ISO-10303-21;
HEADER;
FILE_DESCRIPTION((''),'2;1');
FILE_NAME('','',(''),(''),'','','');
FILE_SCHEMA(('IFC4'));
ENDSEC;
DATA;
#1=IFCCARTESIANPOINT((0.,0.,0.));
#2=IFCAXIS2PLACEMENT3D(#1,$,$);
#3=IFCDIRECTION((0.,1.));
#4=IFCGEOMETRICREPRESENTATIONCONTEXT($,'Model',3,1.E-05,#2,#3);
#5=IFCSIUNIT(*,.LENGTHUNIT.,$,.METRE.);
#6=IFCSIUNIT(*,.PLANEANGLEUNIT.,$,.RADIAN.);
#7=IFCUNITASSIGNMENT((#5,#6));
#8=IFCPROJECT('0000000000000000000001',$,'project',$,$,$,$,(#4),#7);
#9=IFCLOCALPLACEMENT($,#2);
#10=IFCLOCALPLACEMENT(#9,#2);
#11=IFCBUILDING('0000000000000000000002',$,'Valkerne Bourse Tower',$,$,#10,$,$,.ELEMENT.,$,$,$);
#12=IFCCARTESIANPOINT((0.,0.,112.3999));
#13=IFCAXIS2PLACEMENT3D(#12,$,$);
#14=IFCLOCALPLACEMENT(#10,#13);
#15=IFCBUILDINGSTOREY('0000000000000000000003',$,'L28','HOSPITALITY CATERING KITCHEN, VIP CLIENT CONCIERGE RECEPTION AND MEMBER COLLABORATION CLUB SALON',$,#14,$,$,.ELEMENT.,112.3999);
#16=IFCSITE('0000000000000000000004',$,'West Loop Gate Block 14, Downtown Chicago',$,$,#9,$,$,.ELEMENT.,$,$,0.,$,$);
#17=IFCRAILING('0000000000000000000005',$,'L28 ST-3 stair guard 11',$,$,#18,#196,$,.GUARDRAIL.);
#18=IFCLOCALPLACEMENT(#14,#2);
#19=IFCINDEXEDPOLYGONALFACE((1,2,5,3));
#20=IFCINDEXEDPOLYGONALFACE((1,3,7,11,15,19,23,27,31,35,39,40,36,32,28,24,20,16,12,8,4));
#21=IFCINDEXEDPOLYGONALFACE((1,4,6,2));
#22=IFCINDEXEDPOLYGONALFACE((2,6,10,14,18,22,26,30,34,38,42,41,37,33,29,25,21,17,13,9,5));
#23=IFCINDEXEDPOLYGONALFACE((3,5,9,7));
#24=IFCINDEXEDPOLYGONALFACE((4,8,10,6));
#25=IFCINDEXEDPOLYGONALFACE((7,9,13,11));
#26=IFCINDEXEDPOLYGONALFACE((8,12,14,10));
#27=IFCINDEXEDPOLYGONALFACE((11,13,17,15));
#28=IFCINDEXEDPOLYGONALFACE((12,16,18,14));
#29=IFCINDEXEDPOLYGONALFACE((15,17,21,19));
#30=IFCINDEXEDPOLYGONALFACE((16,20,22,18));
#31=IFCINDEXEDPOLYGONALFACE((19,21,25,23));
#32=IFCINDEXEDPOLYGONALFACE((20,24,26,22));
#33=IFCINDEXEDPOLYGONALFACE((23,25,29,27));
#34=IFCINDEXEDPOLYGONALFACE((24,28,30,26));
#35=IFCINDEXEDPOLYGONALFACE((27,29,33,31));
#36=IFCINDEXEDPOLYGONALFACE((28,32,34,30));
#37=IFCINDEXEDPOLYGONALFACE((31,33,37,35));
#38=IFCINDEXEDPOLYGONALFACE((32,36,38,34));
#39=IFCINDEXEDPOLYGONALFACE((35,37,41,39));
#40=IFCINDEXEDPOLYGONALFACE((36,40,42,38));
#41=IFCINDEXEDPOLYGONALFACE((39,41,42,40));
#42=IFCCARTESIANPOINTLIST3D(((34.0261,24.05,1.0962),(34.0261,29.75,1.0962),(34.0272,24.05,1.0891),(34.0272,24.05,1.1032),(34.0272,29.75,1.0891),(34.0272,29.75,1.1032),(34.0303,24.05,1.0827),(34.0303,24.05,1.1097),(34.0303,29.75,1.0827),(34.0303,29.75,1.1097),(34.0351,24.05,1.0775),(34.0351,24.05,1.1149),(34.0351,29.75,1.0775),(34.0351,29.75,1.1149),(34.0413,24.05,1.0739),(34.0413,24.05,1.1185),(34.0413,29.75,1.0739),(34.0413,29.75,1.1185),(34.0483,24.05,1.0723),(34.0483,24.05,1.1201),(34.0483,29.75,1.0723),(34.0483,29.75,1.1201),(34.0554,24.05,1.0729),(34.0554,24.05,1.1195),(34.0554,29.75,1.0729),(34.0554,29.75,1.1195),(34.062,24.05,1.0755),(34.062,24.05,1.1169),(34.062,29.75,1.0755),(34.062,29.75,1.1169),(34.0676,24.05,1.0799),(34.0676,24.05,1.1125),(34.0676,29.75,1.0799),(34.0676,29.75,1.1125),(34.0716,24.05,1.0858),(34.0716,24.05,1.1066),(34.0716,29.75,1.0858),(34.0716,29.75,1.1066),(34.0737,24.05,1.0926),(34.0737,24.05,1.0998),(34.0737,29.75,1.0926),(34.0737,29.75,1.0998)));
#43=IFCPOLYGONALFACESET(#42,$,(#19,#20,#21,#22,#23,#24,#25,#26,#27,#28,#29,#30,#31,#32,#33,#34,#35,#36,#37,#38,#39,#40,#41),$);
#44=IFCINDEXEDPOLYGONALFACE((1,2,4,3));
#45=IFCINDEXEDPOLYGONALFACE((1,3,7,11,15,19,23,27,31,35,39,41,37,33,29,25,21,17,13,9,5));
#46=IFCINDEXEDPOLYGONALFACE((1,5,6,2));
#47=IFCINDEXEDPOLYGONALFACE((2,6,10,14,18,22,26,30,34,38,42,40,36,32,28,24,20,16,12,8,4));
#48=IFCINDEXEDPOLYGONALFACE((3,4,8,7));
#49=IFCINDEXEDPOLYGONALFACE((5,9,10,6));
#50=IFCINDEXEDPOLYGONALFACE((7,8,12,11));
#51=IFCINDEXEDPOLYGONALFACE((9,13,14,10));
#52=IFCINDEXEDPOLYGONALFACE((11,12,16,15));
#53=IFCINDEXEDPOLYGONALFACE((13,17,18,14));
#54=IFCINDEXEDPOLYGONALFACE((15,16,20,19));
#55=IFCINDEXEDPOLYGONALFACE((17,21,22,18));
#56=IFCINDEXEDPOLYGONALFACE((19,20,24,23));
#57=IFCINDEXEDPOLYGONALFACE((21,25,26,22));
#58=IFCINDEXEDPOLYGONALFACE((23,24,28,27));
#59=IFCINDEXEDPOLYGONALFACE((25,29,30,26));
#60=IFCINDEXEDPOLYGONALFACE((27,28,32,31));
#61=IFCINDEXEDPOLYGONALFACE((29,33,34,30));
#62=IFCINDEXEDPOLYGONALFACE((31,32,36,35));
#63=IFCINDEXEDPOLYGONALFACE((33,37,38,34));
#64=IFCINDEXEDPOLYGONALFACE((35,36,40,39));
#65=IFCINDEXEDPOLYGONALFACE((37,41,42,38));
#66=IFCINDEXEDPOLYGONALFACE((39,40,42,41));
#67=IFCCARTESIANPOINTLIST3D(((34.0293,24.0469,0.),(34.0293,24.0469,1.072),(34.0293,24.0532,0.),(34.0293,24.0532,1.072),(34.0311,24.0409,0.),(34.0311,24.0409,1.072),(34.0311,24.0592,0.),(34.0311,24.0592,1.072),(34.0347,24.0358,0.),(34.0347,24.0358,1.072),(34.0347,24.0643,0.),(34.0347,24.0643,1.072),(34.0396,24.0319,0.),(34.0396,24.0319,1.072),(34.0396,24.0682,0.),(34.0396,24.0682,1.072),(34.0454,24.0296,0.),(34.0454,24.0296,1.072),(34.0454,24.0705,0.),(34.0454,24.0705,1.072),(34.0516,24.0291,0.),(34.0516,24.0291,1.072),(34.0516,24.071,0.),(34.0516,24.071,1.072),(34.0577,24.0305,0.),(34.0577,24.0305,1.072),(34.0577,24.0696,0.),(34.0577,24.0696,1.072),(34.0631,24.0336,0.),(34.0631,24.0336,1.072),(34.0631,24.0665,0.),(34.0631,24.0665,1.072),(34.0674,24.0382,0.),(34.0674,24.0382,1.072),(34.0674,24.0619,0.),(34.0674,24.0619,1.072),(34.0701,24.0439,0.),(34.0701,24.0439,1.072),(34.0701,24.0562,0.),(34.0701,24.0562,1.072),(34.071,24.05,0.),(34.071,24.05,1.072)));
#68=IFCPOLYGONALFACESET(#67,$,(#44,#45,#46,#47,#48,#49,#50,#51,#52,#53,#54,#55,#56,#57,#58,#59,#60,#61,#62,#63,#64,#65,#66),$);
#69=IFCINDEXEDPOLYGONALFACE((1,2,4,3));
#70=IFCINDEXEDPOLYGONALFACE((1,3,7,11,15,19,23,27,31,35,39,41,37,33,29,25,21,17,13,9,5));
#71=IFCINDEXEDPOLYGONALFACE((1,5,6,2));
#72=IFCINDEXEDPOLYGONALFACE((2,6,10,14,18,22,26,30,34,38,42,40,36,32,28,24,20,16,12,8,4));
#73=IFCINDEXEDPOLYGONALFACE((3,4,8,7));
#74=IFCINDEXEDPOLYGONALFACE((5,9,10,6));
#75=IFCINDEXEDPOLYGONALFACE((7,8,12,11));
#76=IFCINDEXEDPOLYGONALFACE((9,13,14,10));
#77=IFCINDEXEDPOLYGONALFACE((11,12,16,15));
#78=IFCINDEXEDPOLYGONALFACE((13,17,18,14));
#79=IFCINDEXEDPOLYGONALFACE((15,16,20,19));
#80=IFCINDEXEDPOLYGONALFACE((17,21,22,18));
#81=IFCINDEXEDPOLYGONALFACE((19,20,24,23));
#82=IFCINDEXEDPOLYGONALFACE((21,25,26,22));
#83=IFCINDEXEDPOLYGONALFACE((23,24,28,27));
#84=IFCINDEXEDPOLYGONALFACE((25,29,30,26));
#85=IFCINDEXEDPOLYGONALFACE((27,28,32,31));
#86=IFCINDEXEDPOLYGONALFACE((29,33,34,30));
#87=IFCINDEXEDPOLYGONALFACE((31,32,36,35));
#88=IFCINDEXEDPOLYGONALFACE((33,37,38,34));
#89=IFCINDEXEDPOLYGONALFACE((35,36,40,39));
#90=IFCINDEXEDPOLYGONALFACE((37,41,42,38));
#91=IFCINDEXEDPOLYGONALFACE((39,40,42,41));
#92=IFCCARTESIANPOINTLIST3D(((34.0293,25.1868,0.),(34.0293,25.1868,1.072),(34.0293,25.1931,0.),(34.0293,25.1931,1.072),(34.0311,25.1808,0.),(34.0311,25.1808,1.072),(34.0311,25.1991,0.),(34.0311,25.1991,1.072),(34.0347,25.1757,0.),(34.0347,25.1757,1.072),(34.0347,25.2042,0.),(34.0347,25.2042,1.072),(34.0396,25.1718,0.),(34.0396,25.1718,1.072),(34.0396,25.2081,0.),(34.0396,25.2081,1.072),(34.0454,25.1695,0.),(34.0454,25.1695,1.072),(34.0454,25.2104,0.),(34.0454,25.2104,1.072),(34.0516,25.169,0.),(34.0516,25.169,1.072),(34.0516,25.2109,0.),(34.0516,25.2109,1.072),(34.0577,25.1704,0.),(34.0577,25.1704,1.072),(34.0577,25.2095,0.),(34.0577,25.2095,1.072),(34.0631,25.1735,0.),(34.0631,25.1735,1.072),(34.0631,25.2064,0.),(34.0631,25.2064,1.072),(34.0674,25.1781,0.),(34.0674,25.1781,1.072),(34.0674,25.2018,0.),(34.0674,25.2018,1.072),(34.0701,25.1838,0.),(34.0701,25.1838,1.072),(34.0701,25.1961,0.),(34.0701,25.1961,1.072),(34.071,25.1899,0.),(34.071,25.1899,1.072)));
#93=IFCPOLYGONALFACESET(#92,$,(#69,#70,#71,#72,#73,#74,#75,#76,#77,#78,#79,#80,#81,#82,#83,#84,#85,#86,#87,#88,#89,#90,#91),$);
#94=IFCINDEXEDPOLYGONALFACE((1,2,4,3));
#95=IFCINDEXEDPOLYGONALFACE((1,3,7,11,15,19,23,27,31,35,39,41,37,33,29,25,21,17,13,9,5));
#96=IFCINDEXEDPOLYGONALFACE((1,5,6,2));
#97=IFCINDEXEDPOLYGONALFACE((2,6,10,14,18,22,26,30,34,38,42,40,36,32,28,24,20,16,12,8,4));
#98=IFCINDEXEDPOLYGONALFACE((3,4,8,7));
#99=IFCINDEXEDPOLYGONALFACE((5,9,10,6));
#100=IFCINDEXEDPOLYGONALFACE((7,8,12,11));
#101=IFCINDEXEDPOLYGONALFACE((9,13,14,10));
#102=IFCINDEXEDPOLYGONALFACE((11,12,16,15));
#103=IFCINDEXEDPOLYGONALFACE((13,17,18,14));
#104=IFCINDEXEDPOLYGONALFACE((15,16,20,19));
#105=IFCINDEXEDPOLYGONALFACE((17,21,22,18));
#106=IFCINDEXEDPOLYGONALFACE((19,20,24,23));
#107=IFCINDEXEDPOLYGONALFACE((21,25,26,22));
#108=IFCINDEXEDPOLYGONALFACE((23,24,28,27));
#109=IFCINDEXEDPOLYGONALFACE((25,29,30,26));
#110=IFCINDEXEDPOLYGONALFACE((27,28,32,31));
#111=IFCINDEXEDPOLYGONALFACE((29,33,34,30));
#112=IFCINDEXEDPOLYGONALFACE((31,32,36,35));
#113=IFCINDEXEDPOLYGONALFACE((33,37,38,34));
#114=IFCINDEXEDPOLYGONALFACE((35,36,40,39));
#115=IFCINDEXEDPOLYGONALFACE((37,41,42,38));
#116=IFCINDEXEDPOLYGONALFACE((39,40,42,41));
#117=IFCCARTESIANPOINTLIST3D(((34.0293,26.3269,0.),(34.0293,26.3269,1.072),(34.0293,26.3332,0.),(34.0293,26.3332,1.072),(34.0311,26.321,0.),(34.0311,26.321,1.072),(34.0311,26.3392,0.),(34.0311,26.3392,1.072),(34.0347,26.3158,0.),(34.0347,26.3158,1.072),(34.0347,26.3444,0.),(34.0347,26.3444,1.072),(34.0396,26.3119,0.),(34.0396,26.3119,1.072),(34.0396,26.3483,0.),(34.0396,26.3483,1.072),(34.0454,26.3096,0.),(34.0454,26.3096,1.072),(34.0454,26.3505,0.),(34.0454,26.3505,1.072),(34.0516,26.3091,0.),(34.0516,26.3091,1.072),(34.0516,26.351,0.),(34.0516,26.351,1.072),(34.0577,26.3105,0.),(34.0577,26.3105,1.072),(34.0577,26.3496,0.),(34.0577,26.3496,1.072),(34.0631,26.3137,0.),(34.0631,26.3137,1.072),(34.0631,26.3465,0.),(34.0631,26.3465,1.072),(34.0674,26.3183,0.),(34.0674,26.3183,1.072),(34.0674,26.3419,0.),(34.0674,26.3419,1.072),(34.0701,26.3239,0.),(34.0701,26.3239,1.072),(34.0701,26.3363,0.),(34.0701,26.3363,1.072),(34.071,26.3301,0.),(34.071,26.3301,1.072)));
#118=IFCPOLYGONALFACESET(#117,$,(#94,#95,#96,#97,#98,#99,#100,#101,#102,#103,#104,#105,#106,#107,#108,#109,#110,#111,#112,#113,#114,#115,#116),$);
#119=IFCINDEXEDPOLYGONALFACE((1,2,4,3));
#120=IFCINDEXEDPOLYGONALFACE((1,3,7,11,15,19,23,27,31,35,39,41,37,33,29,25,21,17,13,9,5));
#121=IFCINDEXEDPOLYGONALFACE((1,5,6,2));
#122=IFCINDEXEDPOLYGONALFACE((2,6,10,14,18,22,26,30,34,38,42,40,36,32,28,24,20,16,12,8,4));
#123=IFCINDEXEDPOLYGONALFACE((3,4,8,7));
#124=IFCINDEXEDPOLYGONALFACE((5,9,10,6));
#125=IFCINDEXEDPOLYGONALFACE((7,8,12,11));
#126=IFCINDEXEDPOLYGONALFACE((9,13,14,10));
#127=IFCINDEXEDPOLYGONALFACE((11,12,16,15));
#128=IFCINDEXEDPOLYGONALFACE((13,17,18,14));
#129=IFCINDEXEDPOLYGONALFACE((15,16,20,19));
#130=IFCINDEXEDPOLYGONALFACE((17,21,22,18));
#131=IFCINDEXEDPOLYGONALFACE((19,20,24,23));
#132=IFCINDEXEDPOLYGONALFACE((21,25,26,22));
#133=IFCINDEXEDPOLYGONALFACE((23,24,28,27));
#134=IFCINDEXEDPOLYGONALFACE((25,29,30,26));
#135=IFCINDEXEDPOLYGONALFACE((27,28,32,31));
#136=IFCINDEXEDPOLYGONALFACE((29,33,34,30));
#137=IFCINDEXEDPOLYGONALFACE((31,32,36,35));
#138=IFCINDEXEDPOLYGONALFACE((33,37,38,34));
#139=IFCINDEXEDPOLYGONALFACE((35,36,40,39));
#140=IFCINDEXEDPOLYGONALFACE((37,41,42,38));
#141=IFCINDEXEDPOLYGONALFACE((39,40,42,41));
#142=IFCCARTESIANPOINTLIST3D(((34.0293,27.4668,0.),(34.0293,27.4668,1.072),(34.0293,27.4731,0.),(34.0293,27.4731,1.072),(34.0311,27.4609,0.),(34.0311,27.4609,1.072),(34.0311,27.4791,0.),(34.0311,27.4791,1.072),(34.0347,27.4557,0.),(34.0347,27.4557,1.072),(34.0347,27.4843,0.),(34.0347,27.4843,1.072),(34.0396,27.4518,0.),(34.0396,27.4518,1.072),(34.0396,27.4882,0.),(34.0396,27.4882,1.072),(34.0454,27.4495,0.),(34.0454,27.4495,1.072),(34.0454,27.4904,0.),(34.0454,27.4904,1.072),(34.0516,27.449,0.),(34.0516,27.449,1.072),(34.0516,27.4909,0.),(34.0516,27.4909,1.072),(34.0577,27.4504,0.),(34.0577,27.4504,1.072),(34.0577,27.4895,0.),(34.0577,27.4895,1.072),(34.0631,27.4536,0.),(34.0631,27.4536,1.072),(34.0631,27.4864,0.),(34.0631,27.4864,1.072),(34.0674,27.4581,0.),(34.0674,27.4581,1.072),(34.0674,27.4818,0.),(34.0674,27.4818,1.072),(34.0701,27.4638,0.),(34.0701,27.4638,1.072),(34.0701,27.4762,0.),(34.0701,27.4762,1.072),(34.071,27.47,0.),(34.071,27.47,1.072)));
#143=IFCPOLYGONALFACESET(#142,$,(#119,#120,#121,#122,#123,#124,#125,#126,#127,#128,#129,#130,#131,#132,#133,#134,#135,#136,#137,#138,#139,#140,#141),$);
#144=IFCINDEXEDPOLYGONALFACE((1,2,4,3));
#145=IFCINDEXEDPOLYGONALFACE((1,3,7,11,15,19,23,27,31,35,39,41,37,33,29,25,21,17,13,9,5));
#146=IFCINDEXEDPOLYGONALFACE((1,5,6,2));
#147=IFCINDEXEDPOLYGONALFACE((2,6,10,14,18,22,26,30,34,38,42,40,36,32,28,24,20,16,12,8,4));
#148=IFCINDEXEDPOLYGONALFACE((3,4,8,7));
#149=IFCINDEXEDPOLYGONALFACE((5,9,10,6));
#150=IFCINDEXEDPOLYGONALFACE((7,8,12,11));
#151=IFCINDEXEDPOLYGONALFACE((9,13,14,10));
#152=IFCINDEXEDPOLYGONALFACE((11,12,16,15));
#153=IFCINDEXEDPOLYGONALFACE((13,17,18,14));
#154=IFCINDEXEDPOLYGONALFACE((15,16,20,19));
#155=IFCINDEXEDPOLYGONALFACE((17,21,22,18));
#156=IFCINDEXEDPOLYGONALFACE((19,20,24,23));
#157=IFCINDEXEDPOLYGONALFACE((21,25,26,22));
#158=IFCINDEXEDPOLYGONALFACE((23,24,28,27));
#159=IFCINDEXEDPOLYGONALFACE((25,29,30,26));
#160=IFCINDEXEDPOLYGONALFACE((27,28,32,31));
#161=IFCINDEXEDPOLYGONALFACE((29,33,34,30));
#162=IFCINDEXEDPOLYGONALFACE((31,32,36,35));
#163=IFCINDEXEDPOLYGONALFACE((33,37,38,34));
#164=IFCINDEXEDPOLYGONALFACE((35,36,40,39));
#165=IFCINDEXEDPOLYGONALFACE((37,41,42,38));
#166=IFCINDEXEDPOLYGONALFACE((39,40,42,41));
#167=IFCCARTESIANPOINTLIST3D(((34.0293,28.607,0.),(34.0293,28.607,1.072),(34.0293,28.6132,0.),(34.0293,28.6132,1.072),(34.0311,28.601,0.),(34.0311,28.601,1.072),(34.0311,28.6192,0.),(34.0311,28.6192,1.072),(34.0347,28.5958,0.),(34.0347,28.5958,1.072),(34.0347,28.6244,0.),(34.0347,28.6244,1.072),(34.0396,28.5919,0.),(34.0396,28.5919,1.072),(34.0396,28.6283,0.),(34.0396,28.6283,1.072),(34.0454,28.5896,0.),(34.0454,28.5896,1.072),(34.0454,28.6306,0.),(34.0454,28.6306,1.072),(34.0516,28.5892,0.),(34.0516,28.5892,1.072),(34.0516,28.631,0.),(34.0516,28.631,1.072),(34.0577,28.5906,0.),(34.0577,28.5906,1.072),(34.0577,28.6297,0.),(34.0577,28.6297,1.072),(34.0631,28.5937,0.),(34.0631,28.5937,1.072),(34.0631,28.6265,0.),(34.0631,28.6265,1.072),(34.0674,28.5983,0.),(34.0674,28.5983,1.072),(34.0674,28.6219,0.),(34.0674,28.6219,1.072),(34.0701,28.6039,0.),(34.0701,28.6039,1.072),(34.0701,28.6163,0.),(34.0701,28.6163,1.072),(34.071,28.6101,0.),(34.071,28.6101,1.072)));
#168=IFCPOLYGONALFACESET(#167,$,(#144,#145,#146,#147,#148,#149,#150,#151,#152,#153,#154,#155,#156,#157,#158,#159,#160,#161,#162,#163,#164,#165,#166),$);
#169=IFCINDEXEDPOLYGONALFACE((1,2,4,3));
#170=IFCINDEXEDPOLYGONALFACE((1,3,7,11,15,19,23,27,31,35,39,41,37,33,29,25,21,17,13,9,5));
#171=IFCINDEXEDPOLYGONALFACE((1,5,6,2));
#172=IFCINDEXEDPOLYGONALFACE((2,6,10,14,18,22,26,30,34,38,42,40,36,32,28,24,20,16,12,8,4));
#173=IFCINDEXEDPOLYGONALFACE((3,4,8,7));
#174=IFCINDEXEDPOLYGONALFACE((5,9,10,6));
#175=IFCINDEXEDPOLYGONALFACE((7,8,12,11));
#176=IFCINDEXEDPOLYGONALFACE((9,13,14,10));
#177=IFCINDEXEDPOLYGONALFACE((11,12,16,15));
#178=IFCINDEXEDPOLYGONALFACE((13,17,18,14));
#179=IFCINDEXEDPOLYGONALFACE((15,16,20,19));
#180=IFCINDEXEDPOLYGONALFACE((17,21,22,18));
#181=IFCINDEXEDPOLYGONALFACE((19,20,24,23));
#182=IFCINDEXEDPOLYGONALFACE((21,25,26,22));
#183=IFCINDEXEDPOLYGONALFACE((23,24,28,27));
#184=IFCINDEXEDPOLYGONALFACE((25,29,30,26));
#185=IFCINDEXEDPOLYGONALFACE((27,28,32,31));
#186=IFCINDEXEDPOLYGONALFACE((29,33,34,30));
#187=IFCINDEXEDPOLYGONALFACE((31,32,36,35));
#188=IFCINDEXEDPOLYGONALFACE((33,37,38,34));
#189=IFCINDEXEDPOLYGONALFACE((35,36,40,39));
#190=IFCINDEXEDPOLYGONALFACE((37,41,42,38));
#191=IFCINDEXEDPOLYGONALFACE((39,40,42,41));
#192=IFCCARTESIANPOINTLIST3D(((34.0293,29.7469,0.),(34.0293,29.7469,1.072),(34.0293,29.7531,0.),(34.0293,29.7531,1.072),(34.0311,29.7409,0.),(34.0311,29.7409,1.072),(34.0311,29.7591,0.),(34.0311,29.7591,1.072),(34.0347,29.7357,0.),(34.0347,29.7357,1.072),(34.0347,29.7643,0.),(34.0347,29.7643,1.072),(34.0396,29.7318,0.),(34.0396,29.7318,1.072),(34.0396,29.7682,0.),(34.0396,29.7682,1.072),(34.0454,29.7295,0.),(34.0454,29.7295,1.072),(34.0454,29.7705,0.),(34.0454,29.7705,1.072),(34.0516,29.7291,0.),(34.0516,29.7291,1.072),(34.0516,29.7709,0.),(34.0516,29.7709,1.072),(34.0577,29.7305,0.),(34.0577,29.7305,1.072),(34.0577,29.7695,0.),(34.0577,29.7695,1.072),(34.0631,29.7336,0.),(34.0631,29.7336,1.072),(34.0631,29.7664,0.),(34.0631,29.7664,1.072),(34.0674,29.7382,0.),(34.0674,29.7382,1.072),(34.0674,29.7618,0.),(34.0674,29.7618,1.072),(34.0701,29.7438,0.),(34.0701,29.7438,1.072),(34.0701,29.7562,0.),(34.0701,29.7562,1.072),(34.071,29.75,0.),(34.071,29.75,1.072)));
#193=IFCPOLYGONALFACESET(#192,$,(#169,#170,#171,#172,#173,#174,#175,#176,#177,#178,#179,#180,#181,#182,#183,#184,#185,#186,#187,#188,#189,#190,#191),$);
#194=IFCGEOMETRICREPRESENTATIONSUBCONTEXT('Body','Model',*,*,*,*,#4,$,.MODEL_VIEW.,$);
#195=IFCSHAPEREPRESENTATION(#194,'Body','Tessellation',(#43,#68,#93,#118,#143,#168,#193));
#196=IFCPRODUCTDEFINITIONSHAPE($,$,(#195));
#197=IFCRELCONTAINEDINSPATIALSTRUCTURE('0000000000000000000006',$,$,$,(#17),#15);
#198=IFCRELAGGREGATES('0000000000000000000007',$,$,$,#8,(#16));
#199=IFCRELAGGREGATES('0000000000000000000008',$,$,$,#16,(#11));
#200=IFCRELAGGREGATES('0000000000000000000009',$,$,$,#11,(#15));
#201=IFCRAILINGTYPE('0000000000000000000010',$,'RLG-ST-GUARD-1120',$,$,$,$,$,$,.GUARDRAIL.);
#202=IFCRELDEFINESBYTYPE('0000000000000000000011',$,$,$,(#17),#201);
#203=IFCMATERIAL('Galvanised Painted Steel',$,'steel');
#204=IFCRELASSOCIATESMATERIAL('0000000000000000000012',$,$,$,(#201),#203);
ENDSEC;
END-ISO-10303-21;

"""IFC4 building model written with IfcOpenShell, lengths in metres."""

from ifc_helpers import new_model, si_unit, direction, frame, origin, origin_2d, place, context, subcontext, project, spatial, circle, extrude, material, type_object, element, save


model = new_model("IFC4")

# Units and contexts
model_context = context("Model", 3, precision=1e-05, world=origin(), true_north=direction((0.0, 1.0)))
body_context = subcontext(model_context, "Body", "Model", "MODEL_VIEW")
ifc_project = project(units=[si_unit("LENGTHUNIT", "METRE"), si_unit("PLANEANGLEUNIT", "RADIAN")], contexts=[model_context])

# Site, building, storey
site_placement = place(None, origin())
site = spatial("IfcSite", under=ifc_project, at=site_placement, Name="West Loop Gate Block 14, Downtown Chicago", CompositionType="ELEMENT", RefElevation=0.0)
building_placement = place(site_placement, origin())
building = spatial("IfcBuilding", under=site, at=building_placement, Name="Valkerne Bourse Tower", CompositionType="ELEMENT")
storey_placement = place(building_placement, frame((0.0, 0.0, 112.3999)))
storey = spatial("IfcBuildingStorey", under=building, at=storey_placement, Name="L28", Description="HOSPITALITY CATERING KITCHEN, VIP CLIENT CONCIERGE RECEPTION AND MEMBER COLLABORATION CLUB SALON", CompositionType="ELEMENT", Elevation=112.3999)

# Railing
ifc_material_1 = material(Name="Galvanised Painted Steel", Category="steel")
railing_type_1 = type_object("IfcRailingType", Name="RLG-ST-GUARD-1120", PredefinedType="GUARDRAIL", material=ifc_material_1)
for number, where, name in (
    (1, (34.05, 24.05, 0.0), "L28 ST-3 stair guard 11"),
):
    element("IfcRailing", number, at=place(storey_placement, frame(where)), inside=storey, type_object=railing_type_1, Name=name, PredefinedType="GUARDRAIL", context=body_context, shape_type="SweptSolid", body=[
        extrude(circle(Radius=0.0239, at=origin_2d()), frame((0.0, 0.0, 1.0962), z_axis=(0.0, 1.0, 0.0), x_axis=(-1.0, 0.0, 0.0)), (0.0, 0.0, 1.0), 5.7),
        extrude(circle(Radius=0.021, at=origin_2d()), origin(), (0.0, 0.0, 1.0), 1.072),
        extrude(circle(Radius=0.021, at=origin_2d()), frame((0.0, 1.1399, 0.0)), (0.0, 0.0, 1.0), 1.072),
        extrude(circle(Radius=0.021, at=origin_2d()), frame((0.0, 2.28, 0.0)), (0.0, 0.0, 1.0), 1.072),
        extrude(circle(Radius=0.021, at=origin_2d()), frame((0.0, 3.4199, 0.0)), (0.0, 0.0, 1.0), 1.072),
        extrude(circle(Radius=0.021, at=origin_2d()), frame((0.0, 4.5601, 0.0)), (0.0, 0.0, 1.0), 1.072),
        extrude(circle(Radius=0.021, at=origin_2d()), frame((0.0, 5.7, 0.0)), (0.0, 0.0, 1.0), 1.072),
    ])

save(model, "model.ifc")
